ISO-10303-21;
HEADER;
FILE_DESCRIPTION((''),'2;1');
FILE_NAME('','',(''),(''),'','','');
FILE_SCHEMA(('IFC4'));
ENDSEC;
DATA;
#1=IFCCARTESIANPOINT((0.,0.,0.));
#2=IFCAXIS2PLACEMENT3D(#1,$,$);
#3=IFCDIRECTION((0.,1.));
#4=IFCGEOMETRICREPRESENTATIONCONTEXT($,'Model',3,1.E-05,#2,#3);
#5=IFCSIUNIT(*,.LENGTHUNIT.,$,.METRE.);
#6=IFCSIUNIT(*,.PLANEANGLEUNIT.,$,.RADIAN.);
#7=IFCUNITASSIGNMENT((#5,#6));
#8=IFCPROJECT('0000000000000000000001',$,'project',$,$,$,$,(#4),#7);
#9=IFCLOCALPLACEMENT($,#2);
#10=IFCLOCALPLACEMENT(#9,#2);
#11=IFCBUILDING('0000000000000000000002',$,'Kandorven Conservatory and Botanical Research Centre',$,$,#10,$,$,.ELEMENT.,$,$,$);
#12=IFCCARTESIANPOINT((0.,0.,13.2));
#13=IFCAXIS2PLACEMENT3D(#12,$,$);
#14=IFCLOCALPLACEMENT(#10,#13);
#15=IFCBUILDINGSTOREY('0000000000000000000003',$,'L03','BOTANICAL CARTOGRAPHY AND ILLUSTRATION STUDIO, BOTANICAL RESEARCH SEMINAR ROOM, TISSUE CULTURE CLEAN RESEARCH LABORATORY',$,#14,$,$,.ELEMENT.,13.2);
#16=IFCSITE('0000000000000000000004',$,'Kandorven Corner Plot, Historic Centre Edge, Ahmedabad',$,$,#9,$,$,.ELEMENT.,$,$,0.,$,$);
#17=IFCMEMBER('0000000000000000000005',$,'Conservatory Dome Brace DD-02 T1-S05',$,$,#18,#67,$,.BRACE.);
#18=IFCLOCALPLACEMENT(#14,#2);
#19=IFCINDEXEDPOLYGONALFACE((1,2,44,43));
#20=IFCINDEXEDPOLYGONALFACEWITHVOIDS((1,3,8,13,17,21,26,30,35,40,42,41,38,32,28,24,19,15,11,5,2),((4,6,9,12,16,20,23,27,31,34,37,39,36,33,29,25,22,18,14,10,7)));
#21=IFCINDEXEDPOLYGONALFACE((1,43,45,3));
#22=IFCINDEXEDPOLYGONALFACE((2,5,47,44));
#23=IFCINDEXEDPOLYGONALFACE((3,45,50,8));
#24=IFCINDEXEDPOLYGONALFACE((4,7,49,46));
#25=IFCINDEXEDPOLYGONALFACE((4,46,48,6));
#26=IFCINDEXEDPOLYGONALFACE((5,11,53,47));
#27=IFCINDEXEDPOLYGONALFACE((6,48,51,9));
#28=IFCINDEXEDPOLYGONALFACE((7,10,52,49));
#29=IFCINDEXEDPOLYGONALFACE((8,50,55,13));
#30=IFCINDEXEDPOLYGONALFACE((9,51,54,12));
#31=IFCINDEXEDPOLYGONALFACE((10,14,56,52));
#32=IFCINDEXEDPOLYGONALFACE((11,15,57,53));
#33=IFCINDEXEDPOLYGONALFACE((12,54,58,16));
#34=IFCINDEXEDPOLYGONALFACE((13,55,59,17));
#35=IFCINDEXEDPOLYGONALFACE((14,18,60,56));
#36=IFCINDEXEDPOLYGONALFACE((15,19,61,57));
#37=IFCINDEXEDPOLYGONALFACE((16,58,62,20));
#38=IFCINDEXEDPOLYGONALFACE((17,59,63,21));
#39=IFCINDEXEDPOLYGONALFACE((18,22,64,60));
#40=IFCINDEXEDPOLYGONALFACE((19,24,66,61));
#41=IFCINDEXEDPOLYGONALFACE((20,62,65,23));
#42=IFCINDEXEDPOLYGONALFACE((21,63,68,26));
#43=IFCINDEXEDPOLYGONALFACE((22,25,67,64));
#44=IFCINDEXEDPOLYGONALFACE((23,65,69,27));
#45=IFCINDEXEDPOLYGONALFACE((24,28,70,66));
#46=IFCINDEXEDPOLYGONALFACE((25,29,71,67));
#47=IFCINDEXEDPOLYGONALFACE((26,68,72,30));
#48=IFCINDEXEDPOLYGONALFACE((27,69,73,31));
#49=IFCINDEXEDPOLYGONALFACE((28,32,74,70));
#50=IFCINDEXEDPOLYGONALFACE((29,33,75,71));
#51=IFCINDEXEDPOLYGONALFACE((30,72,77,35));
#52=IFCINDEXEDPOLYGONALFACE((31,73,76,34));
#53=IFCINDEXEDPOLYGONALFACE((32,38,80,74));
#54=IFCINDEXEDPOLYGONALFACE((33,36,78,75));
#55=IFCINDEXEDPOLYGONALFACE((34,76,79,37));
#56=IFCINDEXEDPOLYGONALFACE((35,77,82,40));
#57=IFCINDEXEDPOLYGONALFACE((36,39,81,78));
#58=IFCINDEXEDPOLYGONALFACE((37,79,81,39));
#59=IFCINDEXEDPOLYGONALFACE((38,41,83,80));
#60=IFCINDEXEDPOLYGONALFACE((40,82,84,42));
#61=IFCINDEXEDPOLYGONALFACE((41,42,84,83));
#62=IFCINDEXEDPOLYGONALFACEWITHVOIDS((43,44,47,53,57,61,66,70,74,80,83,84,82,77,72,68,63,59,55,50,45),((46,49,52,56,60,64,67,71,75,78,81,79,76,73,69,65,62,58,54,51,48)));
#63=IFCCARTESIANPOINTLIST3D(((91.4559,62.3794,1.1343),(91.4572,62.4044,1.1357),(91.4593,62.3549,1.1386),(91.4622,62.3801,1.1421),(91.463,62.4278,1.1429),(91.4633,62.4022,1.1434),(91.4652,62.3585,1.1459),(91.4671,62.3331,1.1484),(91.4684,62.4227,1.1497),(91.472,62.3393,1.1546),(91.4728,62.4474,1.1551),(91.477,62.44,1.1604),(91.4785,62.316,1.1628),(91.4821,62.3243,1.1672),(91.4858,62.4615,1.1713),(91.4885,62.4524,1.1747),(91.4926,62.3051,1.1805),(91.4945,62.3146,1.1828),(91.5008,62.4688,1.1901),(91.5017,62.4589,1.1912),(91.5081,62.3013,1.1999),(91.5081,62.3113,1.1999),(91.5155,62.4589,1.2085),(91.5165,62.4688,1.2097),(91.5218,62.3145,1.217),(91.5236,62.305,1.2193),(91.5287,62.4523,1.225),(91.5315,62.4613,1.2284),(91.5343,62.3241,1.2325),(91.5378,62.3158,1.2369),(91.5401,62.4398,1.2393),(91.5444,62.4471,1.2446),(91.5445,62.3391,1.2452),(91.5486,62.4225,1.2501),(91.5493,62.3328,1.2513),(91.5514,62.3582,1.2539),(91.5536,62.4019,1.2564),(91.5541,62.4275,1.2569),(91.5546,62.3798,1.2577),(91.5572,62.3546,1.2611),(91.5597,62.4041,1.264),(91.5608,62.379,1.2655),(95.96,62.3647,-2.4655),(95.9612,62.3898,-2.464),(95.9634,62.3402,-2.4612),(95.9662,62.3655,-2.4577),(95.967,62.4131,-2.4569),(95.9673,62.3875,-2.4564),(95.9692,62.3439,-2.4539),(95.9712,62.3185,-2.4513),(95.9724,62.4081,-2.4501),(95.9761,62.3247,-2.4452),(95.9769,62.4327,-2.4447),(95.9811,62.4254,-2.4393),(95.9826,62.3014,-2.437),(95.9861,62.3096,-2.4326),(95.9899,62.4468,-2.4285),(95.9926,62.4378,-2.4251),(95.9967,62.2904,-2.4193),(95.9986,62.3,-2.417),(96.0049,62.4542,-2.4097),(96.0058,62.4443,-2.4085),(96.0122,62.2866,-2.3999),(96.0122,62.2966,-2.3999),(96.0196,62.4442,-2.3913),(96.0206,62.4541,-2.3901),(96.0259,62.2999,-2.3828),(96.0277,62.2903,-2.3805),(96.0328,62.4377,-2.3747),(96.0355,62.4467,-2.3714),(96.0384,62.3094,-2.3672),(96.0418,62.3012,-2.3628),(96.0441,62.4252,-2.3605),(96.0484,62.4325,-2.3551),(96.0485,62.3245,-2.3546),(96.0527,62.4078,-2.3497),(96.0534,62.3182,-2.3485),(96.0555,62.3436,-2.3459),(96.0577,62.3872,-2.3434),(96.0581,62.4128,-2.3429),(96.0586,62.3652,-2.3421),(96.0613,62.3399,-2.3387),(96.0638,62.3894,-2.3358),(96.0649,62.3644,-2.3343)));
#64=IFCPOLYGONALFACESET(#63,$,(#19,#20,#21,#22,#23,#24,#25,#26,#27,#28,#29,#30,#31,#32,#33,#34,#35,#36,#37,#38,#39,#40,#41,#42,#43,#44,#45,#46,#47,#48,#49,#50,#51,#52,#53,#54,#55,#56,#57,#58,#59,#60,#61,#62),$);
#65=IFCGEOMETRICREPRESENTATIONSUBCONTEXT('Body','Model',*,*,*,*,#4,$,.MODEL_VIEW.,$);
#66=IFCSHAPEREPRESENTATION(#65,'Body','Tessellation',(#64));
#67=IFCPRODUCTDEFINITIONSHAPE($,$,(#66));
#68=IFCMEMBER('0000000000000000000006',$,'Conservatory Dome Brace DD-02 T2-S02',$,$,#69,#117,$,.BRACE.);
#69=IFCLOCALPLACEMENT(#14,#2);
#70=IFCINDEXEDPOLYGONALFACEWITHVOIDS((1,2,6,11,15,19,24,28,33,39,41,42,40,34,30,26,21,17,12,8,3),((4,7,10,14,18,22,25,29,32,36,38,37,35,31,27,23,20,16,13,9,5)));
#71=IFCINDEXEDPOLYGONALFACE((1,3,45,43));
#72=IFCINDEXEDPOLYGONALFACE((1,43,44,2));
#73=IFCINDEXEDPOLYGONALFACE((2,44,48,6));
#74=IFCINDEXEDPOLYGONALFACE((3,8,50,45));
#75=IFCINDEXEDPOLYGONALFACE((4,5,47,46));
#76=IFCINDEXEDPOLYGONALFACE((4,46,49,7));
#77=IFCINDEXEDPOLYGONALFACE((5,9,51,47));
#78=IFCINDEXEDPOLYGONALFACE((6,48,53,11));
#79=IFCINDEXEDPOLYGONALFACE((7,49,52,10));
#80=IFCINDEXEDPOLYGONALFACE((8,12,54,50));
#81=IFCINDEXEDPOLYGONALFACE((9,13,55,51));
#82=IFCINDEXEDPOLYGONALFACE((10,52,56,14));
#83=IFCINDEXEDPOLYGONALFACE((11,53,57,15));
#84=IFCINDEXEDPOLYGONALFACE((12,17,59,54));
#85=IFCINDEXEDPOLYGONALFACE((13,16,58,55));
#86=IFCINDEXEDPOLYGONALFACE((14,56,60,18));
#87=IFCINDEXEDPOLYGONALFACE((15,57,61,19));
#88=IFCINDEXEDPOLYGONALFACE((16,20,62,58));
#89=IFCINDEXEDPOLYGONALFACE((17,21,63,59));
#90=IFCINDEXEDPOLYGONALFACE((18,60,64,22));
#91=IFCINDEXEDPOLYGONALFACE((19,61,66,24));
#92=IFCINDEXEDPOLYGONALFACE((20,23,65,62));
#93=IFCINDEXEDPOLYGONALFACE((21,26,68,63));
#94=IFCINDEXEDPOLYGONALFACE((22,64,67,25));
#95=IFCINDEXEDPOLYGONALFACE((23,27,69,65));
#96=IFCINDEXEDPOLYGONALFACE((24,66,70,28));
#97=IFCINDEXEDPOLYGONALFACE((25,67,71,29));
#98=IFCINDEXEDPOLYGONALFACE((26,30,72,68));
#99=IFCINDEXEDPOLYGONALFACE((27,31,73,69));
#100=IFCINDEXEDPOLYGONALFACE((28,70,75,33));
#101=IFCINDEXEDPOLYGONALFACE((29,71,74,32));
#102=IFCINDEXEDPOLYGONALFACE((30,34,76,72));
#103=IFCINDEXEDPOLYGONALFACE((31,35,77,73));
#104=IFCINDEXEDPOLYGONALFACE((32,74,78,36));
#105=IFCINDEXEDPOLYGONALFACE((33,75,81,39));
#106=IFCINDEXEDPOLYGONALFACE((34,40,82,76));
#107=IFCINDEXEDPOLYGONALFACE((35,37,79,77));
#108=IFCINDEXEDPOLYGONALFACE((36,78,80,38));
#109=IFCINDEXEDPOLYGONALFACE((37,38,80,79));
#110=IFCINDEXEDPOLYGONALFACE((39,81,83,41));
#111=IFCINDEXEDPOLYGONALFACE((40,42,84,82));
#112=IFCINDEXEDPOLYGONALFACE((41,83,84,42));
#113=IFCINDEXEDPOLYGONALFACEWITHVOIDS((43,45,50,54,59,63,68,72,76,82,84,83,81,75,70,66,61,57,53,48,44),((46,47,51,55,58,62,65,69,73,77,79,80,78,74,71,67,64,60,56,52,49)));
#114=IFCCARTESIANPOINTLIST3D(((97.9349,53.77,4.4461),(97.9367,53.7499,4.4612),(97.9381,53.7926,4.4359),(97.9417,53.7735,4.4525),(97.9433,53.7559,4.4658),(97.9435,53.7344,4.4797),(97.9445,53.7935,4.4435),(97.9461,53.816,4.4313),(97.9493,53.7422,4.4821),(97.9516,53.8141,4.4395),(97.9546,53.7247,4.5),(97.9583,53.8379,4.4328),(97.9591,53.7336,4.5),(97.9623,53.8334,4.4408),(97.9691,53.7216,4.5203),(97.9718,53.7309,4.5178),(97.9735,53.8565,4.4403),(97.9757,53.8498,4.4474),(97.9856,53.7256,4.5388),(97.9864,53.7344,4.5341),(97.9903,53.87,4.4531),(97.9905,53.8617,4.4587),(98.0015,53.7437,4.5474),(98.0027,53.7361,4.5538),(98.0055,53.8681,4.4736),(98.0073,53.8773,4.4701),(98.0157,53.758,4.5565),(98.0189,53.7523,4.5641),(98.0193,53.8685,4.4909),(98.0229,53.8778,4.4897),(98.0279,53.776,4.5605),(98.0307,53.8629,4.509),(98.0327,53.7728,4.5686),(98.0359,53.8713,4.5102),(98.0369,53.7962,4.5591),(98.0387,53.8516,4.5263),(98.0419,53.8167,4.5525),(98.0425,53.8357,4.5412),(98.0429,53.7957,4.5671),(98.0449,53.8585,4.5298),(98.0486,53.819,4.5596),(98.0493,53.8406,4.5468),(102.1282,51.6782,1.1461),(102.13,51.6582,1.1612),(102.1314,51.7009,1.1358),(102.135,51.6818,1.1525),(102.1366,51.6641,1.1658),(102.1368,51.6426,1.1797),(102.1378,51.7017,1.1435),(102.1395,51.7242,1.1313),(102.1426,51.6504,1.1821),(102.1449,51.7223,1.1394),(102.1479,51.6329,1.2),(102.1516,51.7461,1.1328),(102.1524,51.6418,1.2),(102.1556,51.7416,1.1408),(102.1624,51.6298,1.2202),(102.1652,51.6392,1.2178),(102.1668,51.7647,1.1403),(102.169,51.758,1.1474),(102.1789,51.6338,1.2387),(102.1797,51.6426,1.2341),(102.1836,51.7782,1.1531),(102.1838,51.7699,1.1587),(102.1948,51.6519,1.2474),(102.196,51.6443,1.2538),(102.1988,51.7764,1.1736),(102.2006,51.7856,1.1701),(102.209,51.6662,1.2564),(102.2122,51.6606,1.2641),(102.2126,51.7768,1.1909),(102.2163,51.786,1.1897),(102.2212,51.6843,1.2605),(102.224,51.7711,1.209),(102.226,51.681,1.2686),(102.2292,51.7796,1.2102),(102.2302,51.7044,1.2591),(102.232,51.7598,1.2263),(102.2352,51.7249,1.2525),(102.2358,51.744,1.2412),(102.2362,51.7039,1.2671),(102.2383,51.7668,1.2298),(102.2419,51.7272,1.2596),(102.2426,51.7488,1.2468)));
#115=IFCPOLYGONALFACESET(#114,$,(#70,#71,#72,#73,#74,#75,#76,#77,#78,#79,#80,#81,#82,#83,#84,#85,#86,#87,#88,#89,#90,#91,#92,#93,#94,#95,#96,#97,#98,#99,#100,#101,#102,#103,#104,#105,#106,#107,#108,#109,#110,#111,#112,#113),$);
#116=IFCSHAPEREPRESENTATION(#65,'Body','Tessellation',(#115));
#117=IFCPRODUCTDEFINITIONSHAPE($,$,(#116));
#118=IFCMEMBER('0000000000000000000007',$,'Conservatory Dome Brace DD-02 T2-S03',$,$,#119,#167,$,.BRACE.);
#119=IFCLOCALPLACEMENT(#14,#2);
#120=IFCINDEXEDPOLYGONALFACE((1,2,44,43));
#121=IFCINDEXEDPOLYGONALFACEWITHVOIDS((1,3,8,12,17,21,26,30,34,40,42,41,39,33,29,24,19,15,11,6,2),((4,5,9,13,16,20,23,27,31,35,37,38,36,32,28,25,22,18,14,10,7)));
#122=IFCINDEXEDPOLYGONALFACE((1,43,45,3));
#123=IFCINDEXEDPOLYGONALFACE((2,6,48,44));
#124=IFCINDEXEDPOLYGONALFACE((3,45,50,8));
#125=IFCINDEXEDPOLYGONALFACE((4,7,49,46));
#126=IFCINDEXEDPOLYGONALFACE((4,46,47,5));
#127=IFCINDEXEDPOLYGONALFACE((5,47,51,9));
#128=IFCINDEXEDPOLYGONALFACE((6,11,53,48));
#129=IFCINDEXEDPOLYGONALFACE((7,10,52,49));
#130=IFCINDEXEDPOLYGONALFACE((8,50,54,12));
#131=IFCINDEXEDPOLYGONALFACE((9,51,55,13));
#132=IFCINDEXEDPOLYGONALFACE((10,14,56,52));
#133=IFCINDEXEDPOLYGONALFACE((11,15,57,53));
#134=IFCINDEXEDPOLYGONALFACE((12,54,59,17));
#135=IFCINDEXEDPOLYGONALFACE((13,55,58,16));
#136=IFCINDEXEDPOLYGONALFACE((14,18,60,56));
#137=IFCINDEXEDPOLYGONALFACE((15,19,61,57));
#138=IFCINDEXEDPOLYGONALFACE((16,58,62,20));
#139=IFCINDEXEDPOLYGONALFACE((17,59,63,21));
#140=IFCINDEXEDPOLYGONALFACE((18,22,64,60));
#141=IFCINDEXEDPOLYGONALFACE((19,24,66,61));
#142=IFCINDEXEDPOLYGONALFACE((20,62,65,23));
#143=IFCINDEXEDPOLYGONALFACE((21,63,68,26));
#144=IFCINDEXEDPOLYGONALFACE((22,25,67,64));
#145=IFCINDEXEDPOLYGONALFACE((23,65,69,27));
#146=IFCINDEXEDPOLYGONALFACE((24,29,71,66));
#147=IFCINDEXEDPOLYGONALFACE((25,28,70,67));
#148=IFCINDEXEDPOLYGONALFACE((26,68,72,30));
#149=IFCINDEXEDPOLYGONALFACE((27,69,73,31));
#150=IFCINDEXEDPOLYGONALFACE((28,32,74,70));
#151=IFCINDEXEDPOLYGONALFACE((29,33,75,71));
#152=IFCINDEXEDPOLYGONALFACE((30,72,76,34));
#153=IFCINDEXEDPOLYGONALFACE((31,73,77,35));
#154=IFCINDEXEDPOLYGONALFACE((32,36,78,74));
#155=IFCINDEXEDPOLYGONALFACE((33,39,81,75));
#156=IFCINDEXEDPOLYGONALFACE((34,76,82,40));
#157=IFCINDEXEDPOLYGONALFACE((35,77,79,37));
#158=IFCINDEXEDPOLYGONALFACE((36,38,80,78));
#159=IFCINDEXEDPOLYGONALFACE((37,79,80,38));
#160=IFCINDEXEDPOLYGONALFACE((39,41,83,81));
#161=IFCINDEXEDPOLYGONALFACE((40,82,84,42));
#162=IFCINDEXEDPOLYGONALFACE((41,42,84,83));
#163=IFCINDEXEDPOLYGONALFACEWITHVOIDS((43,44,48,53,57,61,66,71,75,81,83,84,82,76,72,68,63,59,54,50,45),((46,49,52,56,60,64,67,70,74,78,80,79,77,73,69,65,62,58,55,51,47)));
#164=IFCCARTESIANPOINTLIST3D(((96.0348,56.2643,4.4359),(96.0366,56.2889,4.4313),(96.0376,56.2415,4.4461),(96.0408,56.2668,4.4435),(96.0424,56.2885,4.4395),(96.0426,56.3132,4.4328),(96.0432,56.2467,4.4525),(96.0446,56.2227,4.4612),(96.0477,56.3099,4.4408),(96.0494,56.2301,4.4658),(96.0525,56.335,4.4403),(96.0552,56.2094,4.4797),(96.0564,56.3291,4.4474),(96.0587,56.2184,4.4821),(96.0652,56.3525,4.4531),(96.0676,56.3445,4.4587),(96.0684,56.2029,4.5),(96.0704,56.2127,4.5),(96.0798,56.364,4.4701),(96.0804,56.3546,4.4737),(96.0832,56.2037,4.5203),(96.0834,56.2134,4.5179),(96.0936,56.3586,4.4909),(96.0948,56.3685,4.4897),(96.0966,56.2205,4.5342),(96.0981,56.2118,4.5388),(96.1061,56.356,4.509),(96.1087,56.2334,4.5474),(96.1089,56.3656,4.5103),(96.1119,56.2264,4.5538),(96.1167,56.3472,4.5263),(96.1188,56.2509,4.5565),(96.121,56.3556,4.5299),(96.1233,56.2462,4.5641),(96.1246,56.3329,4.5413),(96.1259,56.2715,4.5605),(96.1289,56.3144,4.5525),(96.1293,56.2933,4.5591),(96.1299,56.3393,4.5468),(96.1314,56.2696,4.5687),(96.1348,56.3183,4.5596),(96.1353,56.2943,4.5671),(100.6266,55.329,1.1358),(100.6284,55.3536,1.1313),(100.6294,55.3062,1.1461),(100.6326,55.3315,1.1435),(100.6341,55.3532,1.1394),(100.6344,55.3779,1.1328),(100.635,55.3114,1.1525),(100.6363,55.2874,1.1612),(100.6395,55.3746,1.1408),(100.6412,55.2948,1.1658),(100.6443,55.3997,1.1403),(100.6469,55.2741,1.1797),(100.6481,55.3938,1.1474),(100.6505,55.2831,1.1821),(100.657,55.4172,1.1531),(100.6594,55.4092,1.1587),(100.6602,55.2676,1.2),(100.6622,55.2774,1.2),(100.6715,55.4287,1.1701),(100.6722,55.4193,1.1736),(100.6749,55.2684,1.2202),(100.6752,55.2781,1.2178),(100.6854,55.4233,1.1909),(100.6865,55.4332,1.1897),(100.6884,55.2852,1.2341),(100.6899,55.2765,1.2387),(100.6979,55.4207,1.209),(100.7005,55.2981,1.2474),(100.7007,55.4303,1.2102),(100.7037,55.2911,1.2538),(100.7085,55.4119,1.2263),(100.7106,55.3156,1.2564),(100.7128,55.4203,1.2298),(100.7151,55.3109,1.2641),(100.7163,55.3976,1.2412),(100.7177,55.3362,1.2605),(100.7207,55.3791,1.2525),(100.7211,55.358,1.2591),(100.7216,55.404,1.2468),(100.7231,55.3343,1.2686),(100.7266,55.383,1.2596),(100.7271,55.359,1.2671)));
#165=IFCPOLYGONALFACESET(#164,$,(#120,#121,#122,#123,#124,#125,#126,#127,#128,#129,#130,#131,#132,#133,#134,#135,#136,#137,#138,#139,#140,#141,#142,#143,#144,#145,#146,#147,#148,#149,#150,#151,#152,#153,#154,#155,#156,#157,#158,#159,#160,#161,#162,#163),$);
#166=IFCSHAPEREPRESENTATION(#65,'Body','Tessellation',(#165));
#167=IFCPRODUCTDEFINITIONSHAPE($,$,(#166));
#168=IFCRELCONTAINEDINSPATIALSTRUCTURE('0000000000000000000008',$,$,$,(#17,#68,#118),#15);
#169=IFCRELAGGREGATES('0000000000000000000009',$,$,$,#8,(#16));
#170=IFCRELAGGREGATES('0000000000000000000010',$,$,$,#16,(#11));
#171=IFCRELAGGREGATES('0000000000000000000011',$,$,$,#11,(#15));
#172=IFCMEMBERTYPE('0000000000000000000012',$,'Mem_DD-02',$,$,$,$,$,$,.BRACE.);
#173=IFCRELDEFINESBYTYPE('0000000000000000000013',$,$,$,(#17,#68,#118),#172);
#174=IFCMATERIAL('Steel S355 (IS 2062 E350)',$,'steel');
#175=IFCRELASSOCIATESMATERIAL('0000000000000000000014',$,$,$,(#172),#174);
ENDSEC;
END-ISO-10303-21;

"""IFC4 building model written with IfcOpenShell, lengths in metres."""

from ifc_helpers import new_model, si_unit, direction, frame, origin, origin_2d, place, context, subcontext, project, spatial, hollow_circle, extrude, material, material_profile, profile_set, type_object, element, save


model = new_model("IFC4")

# Units and contexts
model_context = context("Model", 3, precision=1e-05, world=origin(), true_north=direction((0.0, 1.0)))
body_context = subcontext(model_context, "Body", "Model", "MODEL_VIEW")
ifc_project = project(units=[si_unit("LENGTHUNIT", "METRE"), si_unit("PLANEANGLEUNIT", "RADIAN")], contexts=[model_context])

# Site, building, storey
site_placement = place(None, origin())
site = spatial("IfcSite", under=ifc_project, at=site_placement, Name="Kandorven Corner Plot, Historic Centre Edge, Ahmedabad", CompositionType="ELEMENT", RefElevation=0.0)
building_placement = place(site_placement, origin())
building = spatial("IfcBuilding", under=site, at=building_placement, Name="Kandorven Conservatory and Botanical Research Centre", CompositionType="ELEMENT")
storey_placement = place(building_placement, frame((0.0, 0.0, 13.2)))
storey = spatial("IfcBuildingStorey", under=building, at=storey_placement, Name="L03", Description="BOTANICAL CARTOGRAPHY AND ILLUSTRATION STUDIO, BOTANICAL RESEARCH SEMINAR ROOM, TISSUE CULTURE CLEAN RESEARCH LABORATORY", CompositionType="ELEMENT", Elevation=13.2)

# Members
ifc_material_1 = material(Name="Steel S355 (IS 2062 E350)", Category="steel")
ifc_material_profile_1 = material_profile(ifc_material_1, hollow_circle(Radius=0.0842, WallThickness=0.01, at=origin_2d()))
ifc_profile_set_1 = profile_set([ifc_material_profile_1], Name="Steel S355 (IS 2062 E350)")
member_type_1 = type_object("IfcMemberType", Name="Mem_DD-02", PredefinedType="BRACE", material=ifc_profile_set_1)
member_1_placement = place(storey_placement, frame((96.0125, 62.3708, -2.3999), z_axis=(-0.781159, 0.00254, 0.624326), x_axis=(-0.003252, -0.999995, 0.0)))
element("IfcMember", 1, at=member_1_placement, inside=storey, type_object=member_type_1, Name="Conservatory Dome Brace DD-02 T1-S05", PredefinedType="BRACE", context=body_context, shape_type="SweptSolid", body=[
    extrude(hollow_circle(Radius=0.0842, WallThickness=0.01, at=origin_2d()), origin(), (0.0, 0.0, 1.0), 5.7659),
])
for number, where, z_axis, x_axis, name in (
    (2, (102.1855, 51.7083, 1.2), (-0.731633, 0.364964, 0.575773), (-0.44638, -0.894844, 0.0), "Conservatory Dome Brace DD-02 T2-S02"),
    (3, (100.677, 55.3501, 1.2), (-0.801156, 0.163187, 0.575777), (-0.199592, -0.979879, 0.0), "Conservatory Dome Brace DD-02 T2-S03"),
):
    element("IfcMember", number, at=place(storey_placement, frame(where, z_axis=z_axis, x_axis=x_axis)), inside=storey, type_object=member_type_1, Name=name, PredefinedType="BRACE", context=body_context, shape_type="SweptSolid", body=[
        extrude(hollow_circle(Radius=0.0842, WallThickness=0.01, at=origin_2d()), origin(), (0.0, 0.0, 1.0), 5.7314),
    ])

save(model, "model.ifc")
